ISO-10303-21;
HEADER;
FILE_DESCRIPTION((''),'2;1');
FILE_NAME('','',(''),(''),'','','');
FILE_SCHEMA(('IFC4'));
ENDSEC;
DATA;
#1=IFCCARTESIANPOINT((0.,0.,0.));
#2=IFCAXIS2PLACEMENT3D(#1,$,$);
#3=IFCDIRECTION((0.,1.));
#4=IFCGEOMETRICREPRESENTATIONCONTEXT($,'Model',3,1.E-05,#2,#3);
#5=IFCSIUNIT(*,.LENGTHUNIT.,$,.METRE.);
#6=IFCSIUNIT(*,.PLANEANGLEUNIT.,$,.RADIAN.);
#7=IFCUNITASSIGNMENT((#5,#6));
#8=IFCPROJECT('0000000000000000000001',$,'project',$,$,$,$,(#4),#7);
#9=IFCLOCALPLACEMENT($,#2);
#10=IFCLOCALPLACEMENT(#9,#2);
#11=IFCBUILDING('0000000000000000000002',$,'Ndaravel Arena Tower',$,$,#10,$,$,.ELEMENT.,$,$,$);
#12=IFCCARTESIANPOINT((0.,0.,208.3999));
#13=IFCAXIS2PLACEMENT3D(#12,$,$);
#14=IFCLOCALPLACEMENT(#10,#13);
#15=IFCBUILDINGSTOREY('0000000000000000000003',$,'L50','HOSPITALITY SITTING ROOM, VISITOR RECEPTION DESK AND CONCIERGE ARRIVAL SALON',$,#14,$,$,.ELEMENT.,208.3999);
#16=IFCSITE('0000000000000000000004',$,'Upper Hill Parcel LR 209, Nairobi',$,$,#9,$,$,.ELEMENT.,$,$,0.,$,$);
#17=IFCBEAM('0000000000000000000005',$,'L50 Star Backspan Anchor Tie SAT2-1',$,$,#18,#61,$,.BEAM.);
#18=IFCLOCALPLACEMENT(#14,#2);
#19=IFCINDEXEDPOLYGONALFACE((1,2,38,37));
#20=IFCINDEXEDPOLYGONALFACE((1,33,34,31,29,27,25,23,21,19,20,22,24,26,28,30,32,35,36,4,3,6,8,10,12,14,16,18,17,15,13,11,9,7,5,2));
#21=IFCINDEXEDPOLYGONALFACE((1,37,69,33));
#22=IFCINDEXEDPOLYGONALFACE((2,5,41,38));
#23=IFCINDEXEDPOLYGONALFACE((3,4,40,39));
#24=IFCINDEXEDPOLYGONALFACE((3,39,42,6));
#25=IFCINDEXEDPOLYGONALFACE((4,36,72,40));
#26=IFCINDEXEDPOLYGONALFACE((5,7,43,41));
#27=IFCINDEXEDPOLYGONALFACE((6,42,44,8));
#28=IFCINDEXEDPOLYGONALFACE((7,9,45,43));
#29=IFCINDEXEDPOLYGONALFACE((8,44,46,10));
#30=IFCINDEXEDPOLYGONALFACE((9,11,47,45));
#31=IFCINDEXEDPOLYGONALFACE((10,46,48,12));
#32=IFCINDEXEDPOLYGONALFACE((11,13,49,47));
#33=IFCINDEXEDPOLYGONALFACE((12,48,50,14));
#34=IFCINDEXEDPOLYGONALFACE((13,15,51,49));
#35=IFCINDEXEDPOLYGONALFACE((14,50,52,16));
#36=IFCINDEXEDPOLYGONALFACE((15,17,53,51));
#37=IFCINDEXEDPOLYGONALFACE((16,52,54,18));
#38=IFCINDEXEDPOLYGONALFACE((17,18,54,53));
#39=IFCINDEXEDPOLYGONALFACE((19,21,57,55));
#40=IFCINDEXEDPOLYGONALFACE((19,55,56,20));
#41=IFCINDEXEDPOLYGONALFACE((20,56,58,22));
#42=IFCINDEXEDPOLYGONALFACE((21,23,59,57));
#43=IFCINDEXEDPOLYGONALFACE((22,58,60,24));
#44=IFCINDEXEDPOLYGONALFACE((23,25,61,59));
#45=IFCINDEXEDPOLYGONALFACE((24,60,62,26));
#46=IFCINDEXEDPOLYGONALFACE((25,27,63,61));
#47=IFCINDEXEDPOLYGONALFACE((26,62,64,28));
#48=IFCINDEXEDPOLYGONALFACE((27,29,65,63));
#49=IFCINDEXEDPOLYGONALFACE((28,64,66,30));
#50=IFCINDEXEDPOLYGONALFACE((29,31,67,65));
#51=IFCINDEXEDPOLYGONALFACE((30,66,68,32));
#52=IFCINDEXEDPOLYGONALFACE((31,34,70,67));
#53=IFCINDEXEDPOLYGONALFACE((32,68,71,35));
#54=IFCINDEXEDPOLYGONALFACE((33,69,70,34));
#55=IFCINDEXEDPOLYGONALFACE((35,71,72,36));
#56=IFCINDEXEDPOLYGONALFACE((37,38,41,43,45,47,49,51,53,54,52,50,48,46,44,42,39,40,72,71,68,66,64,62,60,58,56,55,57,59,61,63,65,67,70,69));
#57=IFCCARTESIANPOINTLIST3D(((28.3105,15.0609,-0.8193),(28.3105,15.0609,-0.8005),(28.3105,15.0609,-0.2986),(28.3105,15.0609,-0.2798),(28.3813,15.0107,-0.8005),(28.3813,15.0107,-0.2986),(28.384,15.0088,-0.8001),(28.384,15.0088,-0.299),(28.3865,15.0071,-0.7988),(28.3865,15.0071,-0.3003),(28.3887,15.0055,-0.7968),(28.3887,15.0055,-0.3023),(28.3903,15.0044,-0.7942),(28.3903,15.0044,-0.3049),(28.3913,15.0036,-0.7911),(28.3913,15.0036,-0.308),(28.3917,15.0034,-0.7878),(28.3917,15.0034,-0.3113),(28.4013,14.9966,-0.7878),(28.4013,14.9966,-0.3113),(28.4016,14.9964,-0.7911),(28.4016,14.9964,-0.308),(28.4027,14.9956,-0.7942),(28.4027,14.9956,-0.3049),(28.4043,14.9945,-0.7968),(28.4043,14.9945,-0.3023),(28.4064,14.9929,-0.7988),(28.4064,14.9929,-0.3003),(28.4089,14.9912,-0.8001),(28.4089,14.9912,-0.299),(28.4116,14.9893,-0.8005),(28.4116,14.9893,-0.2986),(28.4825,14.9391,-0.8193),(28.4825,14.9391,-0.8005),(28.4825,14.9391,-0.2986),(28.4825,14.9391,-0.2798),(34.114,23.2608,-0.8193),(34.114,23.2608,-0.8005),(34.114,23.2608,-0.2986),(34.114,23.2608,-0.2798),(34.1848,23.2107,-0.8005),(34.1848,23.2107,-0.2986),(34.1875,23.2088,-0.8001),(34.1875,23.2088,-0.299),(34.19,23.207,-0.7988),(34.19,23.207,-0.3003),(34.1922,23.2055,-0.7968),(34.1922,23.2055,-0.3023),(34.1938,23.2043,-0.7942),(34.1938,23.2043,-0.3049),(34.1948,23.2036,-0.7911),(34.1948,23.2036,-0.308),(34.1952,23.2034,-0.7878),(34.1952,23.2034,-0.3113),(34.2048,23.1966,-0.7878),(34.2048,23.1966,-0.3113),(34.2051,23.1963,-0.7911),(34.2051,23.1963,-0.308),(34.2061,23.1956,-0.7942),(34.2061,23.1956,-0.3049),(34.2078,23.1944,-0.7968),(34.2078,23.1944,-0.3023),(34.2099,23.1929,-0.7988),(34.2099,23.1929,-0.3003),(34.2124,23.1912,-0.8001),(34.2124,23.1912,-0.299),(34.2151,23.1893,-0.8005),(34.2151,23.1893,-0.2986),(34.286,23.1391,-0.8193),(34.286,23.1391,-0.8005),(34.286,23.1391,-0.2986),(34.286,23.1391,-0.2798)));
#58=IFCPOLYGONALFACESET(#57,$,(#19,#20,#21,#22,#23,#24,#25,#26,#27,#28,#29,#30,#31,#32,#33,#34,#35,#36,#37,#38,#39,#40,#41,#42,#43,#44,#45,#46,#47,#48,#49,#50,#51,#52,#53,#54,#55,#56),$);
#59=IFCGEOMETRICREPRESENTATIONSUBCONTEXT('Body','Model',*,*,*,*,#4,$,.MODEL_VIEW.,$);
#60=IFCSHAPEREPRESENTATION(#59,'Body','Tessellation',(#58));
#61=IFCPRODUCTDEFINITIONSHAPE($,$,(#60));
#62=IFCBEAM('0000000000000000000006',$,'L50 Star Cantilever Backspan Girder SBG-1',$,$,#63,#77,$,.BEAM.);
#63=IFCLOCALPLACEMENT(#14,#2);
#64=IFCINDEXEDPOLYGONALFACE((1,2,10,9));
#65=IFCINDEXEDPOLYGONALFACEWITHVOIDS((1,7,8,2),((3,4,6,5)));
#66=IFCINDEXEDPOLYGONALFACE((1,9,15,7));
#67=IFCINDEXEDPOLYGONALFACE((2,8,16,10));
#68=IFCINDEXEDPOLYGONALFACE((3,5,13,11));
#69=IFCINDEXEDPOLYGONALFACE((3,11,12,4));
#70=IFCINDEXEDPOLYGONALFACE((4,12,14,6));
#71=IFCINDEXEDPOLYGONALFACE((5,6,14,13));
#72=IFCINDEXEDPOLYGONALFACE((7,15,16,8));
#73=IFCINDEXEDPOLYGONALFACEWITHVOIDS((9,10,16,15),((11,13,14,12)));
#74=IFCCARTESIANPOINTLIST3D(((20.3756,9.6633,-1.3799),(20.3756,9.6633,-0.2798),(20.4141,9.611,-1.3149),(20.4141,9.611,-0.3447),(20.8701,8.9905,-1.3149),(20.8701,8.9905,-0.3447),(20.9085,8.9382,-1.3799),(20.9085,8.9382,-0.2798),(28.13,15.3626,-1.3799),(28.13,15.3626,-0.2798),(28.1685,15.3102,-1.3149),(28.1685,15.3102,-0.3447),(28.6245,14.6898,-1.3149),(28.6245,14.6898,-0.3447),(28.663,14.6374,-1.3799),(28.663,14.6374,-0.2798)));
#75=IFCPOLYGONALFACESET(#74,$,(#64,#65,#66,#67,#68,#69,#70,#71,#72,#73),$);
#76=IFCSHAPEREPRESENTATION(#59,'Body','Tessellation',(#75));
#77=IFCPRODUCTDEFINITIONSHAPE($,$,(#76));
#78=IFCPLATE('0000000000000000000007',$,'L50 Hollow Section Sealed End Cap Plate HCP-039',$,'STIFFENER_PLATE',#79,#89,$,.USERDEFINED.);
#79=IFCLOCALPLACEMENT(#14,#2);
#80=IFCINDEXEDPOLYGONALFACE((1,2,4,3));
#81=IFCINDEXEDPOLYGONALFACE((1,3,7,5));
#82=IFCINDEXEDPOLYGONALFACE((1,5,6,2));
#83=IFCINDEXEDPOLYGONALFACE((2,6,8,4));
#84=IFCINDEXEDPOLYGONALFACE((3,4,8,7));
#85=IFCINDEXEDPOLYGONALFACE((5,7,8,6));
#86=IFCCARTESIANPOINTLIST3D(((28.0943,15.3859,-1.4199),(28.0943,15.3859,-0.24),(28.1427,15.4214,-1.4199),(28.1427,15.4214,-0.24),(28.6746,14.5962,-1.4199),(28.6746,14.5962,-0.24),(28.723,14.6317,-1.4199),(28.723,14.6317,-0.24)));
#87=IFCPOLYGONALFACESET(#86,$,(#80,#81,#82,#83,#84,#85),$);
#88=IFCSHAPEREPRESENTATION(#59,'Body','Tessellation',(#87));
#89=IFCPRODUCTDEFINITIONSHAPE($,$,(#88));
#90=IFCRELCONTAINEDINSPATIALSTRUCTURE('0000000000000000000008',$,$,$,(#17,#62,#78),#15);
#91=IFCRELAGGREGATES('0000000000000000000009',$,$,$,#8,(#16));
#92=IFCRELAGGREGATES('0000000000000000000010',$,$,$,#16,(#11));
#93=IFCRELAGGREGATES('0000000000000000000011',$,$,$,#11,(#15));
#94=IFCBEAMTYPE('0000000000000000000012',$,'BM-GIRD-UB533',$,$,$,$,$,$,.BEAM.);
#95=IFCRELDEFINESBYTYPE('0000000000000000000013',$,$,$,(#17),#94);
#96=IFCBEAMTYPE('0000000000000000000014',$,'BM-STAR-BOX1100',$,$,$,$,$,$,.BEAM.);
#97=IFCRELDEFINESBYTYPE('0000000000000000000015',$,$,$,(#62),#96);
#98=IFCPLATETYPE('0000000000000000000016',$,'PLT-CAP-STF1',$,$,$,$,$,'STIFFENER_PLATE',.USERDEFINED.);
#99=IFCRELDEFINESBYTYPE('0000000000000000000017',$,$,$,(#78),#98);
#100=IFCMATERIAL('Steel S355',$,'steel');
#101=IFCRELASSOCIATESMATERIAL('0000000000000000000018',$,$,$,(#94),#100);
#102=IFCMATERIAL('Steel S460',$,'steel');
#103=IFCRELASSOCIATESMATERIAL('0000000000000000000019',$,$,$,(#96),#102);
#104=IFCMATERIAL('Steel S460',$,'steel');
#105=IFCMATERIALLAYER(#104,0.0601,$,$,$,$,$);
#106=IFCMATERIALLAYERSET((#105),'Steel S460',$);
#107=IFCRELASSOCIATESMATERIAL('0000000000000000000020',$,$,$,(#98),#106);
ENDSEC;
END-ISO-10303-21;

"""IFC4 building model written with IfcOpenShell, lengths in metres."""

from ifc_helpers import new_model, si_unit, direction, frame, origin, origin_2d, place, context, subcontext, project, spatial, rectangle, hollow_rectangle, i_section, extrude, material, layer, layer_set, material_profile, profile_set, type_object, element, save


model = new_model("IFC4")

# Units and contexts
model_context = context("Model", 3, precision=1e-05, world=origin(), true_north=direction((0.0, 1.0)))
body_context = subcontext(model_context, "Body", "Model", "MODEL_VIEW")
ifc_project = project(units=[si_unit("LENGTHUNIT", "METRE"), si_unit("PLANEANGLEUNIT", "RADIAN")], contexts=[model_context])

# Site, building, storey
site_placement = place(None, origin())
site = spatial("IfcSite", under=ifc_project, at=site_placement, Name="Upper Hill Parcel LR 209, Nairobi", CompositionType="ELEMENT", RefElevation=0.0)
building_placement = place(site_placement, origin())
building = spatial("IfcBuilding", under=site, at=building_placement, Name="Ndaravel Arena Tower", CompositionType="ELEMENT")
storey_placement = place(building_placement, frame((0.0, 0.0, 208.3999)))
storey = spatial("IfcBuildingStorey", under=building, at=storey_placement, Name="L50", Description="HOSPITALITY SITTING ROOM, VISITOR RECEPTION DESK AND CONCIERGE ARRIVAL SALON", CompositionType="ELEMENT", Elevation=208.3999)

# Beams
ifc_material_1 = material(Name="Steel S355", Category="steel")
ifc_material_profile_1 = material_profile(ifc_material_1, i_section(OverallWidth=0.2107, OverallDepth=0.5396, WebThickness=0.0117, FlangeThickness=0.0188, FilletRadius=0.0127, at=origin_2d()), Name="UB 533x210x109")
ifc_profile_set_1 = profile_set([ifc_material_profile_1], Name="Steel S355")
beam_type_1 = type_object("IfcBeamType", Name="BM-GIRD-UB533", PredefinedType="BEAM", material=ifc_profile_set_1)
beam_1_placement = place(storey_placement, frame((28.3965, 15.0, -0.5496), z_axis=(0.577697, 0.816251, 0.0), x_axis=(-0.816251, 0.577697, 0.0)))
element("IfcBeam", 1, at=beam_1_placement, inside=storey, type_object=beam_type_1, Name="L50 Star Backspan Anchor Tie SAT2-1", PredefinedType="BEAM", context=body_context, shape_type="SweptSolid", body=[
    extrude(i_section(OverallWidth=0.2107, OverallDepth=0.5396, WebThickness=0.0117, FlangeThickness=0.0188, FilletRadius=0.0127, at=origin_2d()), origin(), (0.0, 0.0, 1.0), 10.0459),
])
ifc_material_2 = material(Name="Steel S460", Category="steel")
ifc_material_profile_2 = material_profile(ifc_material_2, hollow_rectangle(XDim=0.8999, YDim=1.1001, WallThickness=0.0649, at=origin_2d()), Name="BOX 1100x900x65")
ifc_profile_set_2 = profile_set([ifc_material_profile_2], Name="Steel S460")
beam_type_2 = type_object("IfcBeamType", Name="BM-STAR-BOX1100", PredefinedType="BEAM", material=ifc_profile_set_2)
beam_2_placement = place(storey_placement, frame((28.3965, 15.0, -0.8298), z_axis=(-0.805777, -0.592219, 0.0), x_axis=(0.592219, -0.805777, 0.0)))
element("IfcBeam", 2, at=beam_2_placement, inside=storey, type_object=beam_type_2, Name="L50 Star Cantilever Backspan Girder SBG-1", PredefinedType="BEAM", context=body_context, shape_type="SweptSolid", body=[
    extrude(hollow_rectangle(XDim=0.8999, YDim=1.1001, WallThickness=0.0649, at=origin_2d()), origin(), (0.0, 0.0, 1.0), 9.6235),
])

# Plate
ifc_material_3 = material(Name="Steel S460", Category="steel")
ifc_layer_1 = layer(ifc_material_3, 0.0601)
ifc_layer_set_1 = layer_set([ifc_layer_1], Name="Steel S460")
plate_type = type_object("IfcPlateType", Name="PLT-CAP-STF1", ElementType="STIFFENER_PLATE", PredefinedType="USERDEFINED", material=ifc_layer_set_1)
plate_placement = place(storey_placement, frame((28.4087, 15.0088, -1.4199), z_axis=(0.0, 0.0, 1.0), x_axis=(-0.805825, -0.592154, 0.0)))
element("IfcPlate", 3, at=plate_placement, inside=storey, type_object=plate_type, Name="L50 Hollow Section Sealed End Cap Plate HCP-039", ObjectType="STIFFENER_PLATE", PredefinedType="USERDEFINED", context=body_context, shape_type="SweptSolid", body=[
    extrude(rectangle(XDim=0.0601, YDim=0.98, at=origin_2d()), origin(), (0.0, 0.0, 1.0), 1.1799),
])

save(model, "model.ifc")
